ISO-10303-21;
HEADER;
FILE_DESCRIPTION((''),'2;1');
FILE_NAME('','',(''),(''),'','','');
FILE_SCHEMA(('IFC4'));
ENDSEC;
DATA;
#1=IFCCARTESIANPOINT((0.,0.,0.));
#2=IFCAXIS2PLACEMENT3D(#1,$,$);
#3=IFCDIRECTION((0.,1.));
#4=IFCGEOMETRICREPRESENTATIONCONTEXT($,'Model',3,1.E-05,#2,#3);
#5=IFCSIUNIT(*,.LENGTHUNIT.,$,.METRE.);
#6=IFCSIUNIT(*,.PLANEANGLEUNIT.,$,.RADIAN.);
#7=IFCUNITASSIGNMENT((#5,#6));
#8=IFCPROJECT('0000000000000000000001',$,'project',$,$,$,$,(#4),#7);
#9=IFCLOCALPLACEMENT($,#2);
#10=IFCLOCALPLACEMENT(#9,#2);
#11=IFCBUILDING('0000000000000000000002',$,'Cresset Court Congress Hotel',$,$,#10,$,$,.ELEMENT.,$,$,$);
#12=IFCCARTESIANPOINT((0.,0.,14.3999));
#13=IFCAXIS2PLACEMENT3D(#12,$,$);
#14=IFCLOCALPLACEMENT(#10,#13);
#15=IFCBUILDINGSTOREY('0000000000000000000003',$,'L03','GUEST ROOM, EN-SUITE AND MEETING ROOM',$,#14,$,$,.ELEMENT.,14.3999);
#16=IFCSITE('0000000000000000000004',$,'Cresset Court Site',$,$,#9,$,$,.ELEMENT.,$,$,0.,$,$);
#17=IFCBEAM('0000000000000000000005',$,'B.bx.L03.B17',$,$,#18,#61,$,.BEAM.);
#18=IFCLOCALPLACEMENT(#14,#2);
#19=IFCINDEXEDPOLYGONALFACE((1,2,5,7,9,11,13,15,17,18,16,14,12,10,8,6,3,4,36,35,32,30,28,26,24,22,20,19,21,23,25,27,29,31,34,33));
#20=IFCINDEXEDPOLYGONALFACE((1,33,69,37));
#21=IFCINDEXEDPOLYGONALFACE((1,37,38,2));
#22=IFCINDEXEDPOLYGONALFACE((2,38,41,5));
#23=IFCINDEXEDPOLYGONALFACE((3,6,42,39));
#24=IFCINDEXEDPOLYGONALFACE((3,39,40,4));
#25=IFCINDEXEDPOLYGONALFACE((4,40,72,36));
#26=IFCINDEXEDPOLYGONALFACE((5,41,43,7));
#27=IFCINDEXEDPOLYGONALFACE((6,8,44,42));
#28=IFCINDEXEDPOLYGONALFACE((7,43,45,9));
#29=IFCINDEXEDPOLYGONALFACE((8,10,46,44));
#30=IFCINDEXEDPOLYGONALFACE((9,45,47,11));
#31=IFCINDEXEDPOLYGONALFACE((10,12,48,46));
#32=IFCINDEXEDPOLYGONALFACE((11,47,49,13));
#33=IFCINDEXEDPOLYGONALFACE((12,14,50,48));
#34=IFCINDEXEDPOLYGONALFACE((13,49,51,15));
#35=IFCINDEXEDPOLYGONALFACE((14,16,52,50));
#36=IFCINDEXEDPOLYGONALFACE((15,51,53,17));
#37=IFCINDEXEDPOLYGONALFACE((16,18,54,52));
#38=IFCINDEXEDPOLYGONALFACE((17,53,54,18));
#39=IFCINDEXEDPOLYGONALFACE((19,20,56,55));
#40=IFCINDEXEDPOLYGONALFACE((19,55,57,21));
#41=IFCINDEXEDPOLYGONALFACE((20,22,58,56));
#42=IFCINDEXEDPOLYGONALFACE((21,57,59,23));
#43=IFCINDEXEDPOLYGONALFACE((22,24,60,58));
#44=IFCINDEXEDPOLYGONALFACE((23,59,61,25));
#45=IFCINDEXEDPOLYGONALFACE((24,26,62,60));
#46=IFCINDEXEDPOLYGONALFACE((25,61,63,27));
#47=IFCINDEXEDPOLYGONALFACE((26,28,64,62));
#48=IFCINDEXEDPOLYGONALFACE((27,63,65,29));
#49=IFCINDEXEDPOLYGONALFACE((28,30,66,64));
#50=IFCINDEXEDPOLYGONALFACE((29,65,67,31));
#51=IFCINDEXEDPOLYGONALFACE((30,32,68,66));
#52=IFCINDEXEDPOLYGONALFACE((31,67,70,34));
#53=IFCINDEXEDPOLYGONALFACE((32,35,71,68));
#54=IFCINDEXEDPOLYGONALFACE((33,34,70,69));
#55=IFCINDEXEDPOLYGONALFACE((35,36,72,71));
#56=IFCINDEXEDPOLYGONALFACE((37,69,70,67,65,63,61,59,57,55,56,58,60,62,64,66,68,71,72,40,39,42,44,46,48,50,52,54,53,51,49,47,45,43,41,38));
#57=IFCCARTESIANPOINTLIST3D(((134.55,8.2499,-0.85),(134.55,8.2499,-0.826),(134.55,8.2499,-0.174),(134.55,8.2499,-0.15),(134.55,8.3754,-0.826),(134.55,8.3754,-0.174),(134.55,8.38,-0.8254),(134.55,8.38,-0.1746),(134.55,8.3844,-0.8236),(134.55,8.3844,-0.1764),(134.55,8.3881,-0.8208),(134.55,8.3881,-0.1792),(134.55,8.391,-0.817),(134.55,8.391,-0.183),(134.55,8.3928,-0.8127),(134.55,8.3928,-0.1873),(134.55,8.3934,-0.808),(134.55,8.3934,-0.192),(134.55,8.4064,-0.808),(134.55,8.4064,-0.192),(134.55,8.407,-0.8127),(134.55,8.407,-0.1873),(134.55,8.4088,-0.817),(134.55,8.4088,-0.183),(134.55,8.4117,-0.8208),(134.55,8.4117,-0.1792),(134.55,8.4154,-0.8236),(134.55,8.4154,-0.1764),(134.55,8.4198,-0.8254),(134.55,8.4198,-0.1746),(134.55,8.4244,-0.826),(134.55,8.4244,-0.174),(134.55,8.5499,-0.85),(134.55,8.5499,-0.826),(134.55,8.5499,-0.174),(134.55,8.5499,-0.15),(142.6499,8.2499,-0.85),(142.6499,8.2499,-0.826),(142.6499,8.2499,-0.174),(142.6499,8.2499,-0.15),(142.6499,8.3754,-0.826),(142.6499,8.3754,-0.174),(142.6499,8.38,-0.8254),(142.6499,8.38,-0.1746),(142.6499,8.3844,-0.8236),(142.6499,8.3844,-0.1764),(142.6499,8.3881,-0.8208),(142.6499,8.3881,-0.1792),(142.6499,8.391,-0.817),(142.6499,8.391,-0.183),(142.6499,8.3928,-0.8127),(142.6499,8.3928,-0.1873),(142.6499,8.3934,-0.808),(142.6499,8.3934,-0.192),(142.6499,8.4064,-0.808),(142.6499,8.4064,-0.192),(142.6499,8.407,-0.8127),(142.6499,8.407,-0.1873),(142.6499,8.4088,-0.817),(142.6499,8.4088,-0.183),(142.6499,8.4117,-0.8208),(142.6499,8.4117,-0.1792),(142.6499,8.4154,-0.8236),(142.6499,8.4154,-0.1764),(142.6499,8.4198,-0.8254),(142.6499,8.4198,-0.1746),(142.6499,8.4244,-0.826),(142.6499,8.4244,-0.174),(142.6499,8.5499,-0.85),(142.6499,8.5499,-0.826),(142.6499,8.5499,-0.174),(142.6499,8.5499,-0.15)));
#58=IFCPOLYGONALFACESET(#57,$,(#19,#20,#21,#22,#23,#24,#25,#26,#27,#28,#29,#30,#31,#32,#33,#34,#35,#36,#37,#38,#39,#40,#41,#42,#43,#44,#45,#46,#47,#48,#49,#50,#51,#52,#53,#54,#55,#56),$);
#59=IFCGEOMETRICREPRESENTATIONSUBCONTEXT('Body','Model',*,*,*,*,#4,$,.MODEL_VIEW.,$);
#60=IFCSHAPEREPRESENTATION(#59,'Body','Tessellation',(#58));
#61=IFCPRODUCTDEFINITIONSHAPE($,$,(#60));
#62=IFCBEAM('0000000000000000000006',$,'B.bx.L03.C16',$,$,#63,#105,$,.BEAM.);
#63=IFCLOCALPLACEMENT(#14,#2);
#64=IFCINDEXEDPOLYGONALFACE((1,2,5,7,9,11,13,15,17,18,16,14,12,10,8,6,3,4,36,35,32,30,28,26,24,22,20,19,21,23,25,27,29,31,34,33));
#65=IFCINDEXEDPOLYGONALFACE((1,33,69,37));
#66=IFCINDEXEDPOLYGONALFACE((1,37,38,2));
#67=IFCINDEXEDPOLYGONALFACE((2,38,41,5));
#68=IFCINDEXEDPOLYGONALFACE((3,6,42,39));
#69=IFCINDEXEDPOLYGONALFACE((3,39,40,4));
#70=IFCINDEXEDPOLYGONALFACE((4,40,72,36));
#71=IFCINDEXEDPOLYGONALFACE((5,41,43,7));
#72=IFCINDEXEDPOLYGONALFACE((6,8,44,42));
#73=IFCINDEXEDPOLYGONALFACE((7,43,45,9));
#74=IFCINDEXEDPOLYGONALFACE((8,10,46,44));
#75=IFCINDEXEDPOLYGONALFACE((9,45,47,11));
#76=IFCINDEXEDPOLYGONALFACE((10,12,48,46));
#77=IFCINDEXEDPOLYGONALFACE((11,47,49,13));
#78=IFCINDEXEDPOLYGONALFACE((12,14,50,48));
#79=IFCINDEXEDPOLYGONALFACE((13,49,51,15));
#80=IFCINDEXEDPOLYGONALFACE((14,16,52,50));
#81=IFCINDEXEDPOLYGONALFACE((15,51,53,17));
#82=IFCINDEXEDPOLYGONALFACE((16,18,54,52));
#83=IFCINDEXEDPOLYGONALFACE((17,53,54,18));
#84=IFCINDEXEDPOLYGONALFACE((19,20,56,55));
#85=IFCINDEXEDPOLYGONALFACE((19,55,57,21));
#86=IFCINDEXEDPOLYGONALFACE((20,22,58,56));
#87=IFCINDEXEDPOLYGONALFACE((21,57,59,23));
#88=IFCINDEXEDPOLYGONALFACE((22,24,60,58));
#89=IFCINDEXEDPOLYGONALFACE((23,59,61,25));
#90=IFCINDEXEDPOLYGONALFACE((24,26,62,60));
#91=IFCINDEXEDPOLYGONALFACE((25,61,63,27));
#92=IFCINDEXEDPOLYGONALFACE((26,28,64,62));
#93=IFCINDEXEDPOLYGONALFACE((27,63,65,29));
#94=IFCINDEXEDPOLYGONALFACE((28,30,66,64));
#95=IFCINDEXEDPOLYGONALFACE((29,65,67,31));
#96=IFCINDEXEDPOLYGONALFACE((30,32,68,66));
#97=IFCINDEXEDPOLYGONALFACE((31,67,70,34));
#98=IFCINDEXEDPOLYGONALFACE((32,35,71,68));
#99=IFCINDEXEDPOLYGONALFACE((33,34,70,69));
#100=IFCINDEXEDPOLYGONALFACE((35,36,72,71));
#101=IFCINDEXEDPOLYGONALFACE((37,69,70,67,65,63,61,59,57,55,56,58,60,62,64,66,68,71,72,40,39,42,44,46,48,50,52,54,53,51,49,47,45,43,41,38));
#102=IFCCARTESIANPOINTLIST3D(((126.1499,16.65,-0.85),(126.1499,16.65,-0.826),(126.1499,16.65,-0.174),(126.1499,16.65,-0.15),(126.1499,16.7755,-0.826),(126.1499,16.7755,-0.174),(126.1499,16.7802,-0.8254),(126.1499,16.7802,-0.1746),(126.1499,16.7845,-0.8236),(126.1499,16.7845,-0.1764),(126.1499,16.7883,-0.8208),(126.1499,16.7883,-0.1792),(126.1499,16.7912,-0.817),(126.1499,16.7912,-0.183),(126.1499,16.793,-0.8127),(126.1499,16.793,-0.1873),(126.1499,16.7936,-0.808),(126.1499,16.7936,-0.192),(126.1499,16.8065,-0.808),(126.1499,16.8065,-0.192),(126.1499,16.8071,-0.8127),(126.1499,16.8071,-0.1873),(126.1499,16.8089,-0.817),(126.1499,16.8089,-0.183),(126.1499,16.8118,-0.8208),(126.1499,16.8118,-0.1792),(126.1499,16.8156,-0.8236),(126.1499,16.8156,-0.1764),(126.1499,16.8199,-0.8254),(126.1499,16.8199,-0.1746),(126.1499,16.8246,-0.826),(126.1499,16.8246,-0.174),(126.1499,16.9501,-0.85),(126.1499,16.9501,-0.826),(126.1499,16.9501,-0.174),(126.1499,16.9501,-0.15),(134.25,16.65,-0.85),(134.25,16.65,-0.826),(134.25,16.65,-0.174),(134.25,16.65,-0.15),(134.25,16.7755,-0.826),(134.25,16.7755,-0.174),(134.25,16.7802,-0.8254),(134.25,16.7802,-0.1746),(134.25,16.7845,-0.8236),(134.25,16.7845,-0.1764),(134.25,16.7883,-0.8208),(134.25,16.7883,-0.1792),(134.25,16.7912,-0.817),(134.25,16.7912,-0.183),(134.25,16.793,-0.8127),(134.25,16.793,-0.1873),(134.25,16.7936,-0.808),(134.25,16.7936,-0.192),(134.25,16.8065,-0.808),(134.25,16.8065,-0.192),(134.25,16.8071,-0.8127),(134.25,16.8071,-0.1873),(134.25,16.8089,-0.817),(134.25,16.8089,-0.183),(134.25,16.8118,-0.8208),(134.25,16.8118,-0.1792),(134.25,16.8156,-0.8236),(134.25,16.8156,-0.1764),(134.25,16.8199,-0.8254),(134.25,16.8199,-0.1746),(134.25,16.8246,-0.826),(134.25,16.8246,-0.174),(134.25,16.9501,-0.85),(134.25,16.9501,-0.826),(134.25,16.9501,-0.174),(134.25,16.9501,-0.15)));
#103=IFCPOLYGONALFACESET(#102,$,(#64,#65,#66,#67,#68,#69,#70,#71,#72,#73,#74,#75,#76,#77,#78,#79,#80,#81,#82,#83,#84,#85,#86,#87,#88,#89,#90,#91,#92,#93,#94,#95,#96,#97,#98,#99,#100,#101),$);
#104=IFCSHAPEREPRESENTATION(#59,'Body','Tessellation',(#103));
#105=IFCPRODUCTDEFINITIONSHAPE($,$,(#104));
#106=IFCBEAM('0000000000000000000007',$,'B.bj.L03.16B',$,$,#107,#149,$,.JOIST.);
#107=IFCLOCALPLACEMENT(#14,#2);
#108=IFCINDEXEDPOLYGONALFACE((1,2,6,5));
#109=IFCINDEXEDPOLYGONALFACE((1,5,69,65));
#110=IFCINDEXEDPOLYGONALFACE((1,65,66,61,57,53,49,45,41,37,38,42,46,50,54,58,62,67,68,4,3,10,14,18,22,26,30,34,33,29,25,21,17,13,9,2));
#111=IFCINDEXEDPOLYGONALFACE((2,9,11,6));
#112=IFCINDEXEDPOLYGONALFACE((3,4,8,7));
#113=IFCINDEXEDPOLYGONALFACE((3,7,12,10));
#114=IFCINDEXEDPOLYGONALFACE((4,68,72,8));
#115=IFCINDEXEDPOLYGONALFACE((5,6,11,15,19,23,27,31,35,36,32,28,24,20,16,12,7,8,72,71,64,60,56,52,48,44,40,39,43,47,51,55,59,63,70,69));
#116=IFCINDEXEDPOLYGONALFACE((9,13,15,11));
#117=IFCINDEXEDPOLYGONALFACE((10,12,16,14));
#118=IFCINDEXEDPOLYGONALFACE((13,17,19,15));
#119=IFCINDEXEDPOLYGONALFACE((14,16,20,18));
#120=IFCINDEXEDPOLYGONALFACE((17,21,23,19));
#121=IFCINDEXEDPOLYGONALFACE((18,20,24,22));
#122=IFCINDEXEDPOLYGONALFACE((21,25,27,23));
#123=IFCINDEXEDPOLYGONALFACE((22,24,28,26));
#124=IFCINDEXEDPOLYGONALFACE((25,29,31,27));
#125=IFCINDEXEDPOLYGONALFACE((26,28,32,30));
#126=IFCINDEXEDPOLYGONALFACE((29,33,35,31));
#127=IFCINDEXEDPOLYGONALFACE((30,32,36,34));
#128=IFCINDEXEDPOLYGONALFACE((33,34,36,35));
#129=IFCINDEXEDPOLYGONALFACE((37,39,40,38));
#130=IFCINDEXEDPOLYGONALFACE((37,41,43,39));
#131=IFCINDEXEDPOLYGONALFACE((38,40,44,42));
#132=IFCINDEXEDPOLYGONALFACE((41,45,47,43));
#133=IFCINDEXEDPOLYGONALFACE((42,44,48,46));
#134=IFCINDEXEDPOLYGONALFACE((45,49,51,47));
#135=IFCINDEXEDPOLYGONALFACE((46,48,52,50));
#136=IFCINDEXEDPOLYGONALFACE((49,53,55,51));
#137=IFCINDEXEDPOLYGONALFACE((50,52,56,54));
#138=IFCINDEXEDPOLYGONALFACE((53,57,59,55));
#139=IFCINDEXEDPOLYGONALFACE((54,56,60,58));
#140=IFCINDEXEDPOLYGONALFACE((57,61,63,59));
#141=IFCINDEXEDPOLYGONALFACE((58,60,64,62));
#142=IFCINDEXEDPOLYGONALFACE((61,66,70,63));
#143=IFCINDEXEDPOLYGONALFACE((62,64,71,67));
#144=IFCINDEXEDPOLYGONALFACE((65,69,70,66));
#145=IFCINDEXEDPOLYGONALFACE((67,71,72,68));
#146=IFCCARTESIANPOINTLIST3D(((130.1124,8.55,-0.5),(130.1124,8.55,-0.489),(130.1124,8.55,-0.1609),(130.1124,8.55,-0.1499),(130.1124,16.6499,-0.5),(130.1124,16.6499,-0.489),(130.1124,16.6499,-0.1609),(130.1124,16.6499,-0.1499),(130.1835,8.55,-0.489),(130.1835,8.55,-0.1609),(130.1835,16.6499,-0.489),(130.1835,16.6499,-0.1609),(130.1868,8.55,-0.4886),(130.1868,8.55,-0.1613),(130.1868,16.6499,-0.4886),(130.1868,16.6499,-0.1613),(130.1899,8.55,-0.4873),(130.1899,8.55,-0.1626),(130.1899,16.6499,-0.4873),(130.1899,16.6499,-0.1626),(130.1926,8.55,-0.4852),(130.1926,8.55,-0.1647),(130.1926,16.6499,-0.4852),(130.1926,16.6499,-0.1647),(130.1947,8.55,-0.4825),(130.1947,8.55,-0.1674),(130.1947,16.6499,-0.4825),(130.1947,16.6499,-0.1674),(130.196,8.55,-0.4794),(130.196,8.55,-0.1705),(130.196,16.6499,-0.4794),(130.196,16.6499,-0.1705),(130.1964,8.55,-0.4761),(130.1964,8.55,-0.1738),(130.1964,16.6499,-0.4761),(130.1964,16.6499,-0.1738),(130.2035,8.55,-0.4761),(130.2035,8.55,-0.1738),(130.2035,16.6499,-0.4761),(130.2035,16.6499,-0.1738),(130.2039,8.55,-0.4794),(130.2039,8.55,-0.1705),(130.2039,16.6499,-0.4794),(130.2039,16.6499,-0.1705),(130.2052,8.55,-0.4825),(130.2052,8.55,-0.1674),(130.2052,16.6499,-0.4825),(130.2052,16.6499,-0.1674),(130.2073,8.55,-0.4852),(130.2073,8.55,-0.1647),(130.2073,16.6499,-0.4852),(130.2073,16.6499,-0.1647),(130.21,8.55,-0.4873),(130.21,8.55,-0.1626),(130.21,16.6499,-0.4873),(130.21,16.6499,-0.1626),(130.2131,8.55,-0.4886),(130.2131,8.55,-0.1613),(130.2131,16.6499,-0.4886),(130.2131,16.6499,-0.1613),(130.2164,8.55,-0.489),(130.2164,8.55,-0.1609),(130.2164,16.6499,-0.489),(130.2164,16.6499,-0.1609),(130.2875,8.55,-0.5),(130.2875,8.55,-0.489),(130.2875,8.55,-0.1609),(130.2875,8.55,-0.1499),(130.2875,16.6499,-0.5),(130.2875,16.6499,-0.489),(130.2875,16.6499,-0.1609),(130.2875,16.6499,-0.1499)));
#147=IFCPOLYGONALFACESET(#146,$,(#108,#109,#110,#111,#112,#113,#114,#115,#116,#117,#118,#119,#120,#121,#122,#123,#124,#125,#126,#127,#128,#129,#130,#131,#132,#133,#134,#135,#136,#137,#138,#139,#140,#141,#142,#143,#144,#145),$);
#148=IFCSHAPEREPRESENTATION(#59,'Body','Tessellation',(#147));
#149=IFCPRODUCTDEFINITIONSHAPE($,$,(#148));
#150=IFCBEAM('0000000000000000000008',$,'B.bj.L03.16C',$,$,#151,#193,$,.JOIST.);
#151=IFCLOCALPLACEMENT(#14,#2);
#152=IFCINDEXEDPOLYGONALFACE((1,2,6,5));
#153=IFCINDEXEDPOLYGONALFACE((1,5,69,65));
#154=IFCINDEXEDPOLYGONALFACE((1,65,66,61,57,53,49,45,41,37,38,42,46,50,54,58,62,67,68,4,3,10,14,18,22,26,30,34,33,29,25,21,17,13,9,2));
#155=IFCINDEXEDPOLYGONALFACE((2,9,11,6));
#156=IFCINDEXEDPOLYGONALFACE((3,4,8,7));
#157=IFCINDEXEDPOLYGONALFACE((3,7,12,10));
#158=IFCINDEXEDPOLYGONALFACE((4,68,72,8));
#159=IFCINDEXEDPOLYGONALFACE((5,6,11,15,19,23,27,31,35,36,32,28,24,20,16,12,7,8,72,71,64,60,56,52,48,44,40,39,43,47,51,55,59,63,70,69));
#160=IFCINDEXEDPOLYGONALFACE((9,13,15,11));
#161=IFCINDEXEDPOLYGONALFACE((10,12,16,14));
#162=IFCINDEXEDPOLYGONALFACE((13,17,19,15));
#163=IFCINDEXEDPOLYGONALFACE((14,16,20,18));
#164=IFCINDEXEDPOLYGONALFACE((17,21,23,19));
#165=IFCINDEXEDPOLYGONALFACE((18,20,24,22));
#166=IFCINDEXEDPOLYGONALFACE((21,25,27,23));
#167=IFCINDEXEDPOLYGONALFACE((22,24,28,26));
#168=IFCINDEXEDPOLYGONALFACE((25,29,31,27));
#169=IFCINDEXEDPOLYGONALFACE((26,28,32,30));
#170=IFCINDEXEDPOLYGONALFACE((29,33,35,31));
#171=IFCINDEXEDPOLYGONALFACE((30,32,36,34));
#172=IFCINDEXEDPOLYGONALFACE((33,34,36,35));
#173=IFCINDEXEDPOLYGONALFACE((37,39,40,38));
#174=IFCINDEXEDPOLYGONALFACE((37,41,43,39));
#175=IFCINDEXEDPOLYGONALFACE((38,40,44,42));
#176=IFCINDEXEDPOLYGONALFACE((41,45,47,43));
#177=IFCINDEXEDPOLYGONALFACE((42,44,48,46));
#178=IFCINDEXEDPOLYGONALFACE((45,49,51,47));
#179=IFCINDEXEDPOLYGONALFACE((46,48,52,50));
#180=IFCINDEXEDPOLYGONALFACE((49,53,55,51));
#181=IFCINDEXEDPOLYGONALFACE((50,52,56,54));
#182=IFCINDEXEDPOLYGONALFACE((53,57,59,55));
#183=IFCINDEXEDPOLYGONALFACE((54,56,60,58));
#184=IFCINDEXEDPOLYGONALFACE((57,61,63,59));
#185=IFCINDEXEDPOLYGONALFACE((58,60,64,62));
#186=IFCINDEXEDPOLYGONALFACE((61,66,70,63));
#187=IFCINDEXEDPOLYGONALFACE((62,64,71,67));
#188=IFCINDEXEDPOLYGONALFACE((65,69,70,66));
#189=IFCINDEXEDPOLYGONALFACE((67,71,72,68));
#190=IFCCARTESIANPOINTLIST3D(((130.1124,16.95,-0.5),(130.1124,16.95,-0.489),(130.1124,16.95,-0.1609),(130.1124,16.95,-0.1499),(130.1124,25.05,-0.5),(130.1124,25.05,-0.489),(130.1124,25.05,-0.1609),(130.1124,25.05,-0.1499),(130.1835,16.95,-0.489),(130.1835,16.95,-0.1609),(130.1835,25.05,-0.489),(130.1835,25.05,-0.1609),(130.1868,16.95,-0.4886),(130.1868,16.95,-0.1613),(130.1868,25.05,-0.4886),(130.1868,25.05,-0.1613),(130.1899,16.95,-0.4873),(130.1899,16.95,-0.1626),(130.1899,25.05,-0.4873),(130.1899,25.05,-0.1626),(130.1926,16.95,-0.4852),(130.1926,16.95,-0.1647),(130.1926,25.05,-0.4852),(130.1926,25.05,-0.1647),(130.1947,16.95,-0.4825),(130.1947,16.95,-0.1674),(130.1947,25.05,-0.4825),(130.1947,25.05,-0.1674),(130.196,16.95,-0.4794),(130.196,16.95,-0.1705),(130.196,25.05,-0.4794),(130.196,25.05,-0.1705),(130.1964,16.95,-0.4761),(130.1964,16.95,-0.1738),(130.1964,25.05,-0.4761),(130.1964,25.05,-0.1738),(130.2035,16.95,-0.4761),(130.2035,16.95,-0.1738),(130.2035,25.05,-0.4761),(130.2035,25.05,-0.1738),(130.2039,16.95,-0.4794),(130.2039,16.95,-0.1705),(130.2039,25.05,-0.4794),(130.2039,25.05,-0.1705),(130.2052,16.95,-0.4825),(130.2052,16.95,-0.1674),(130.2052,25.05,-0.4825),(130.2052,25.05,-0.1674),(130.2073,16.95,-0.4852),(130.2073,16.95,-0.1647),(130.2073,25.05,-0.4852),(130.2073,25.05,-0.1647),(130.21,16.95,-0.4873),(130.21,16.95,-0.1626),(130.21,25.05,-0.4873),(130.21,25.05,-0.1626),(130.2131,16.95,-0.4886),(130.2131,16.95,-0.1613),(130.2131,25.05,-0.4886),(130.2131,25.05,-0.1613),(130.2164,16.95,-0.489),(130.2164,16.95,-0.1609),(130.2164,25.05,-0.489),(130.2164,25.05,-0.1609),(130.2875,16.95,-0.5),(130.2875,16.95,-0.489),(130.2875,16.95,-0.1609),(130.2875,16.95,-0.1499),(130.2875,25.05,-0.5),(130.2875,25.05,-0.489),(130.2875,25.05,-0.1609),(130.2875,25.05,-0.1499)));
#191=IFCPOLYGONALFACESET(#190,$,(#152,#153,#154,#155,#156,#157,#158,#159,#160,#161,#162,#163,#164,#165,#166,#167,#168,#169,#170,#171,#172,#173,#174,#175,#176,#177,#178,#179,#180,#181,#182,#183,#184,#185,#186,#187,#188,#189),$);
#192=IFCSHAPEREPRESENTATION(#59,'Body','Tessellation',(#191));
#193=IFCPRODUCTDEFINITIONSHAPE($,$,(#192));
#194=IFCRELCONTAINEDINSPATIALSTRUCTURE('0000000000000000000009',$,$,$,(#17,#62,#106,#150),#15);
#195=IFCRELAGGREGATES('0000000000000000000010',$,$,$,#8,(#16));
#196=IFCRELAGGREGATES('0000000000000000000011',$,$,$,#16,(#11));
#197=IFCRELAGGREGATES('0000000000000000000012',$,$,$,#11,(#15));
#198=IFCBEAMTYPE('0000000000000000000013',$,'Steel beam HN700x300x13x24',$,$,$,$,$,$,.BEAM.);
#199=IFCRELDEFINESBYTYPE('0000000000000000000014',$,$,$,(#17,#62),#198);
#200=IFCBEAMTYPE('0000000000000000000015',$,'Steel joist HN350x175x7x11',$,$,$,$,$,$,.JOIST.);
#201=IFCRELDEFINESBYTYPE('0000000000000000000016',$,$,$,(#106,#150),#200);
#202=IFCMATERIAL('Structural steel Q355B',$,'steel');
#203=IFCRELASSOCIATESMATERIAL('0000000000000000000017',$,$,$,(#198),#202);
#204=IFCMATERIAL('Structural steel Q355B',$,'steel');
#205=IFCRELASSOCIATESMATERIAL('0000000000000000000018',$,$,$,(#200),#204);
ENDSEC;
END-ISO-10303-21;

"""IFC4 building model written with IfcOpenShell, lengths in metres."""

from ifc_helpers import new_model, si_unit, direction, frame, origin, origin_2d, place, context, subcontext, project, spatial, i_section, extrude, material, material_profile, profile_set, type_object, element, save


model = new_model("IFC4")

# Units and contexts
model_context = context("Model", 3, precision=1e-05, world=origin(), true_north=direction((0.0, 1.0)))
body_context = subcontext(model_context, "Body", "Model", "MODEL_VIEW")
ifc_project = project(units=[si_unit("LENGTHUNIT", "METRE"), si_unit("PLANEANGLEUNIT", "RADIAN")], contexts=[model_context])

# Site, building, storey
site_placement = place(None, origin())
site = spatial("IfcSite", under=ifc_project, at=site_placement, Name="Cresset Court Site", CompositionType="ELEMENT", RefElevation=0.0)
building_placement = place(site_placement, origin())
building = spatial("IfcBuilding", under=site, at=building_placement, Name="Cresset Court Congress Hotel", CompositionType="ELEMENT")
storey_placement = place(building_placement, frame((0.0, 0.0, 14.3999)))
storey = spatial("IfcBuildingStorey", under=building, at=storey_placement, Name="L03", Description="GUEST ROOM, EN-SUITE AND MEETING ROOM", CompositionType="ELEMENT", Elevation=14.3999)

# Beams
ifc_material_1 = material(Name="Structural steel Q355B", Category="steel")
ifc_material_profile_1 = material_profile(ifc_material_1, i_section(OverallWidth=0.3, OverallDepth=0.7, WebThickness=0.0129, FlangeThickness=0.0239, FilletRadius=0.0181, at=origin_2d()), Name="HN700x300x13x24")
ifc_profile_set_1 = profile_set([ifc_material_profile_1], Name="Structural steel Q355B")
beam_type_1 = type_object("IfcBeamType", Name="Steel beam HN700x300x13x24", PredefinedType="BEAM", material=ifc_profile_set_1)
beam_1_placement = place(storey_placement, frame((134.55, 8.3999, -0.5), z_axis=(1.0, 0.0, 0.0), x_axis=(0.0, 1.0, 0.0)))
element("IfcBeam", 1, at=beam_1_placement, inside=storey, type_object=beam_type_1, Name="B.bx.L03.B17", PredefinedType="BEAM", context=body_context, shape_type="SweptSolid", body=[
    extrude(i_section(OverallWidth=0.3, OverallDepth=0.7, WebThickness=0.0129, FlangeThickness=0.0239, FilletRadius=0.0181, at=origin_2d()), origin(), (0.0, 0.0, 1.0), 8.0999),
])
beam_2_placement = place(storey_placement, frame((126.1499, 16.8, -0.5), z_axis=(1.0, 0.0, 0.0), x_axis=(0.0, 1.0, 0.0)))
element("IfcBeam", 2, at=beam_2_placement, inside=storey, type_object=beam_type_1, Name="B.bx.L03.C16", PredefinedType="BEAM", context=body_context, shape_type="SweptSolid", body=[
    extrude(i_section(OverallWidth=0.3, OverallDepth=0.7, WebThickness=0.0129, FlangeThickness=0.0239, FilletRadius=0.0181, at=origin_2d()), origin(), (0.0, 0.0, 1.0), 8.1001),
])
ifc_material_2 = material(Name="Structural steel Q355B", Category="steel")
ifc_material_profile_2 = material_profile(ifc_material_2, i_section(OverallWidth=0.175, OverallDepth=0.3501, WebThickness=0.0071, FlangeThickness=0.011, FilletRadius=0.0129, at=origin_2d()), Name="HN350x175x7x11")
ifc_profile_set_2 = profile_set([ifc_material_profile_2], Name="Structural steel Q355B")
beam_type_2 = type_object("IfcBeamType", Name="Steel joist HN350x175x7x11", PredefinedType="JOIST", material=ifc_profile_set_2)
beam_3_placement = place(storey_placement, frame((130.2, 8.55, -0.325), z_axis=(0.0, 1.0, 0.0), x_axis=(-1.0, 0.0, 0.0)))
element("IfcBeam", 3, at=beam_3_placement, inside=storey, type_object=beam_type_2, Name="B.bj.L03.16B", PredefinedType="JOIST", context=body_context, shape_type="SweptSolid", body=[
    extrude(i_section(OverallWidth=0.175, OverallDepth=0.3501, WebThickness=0.0071, FlangeThickness=0.011, FilletRadius=0.0129, at=origin_2d()), origin(), (0.0, 0.0, 1.0), 8.0999),
])
beam_4_placement = place(storey_placement, frame((130.2, 16.95, -0.325), z_axis=(0.0, 1.0, 0.0), x_axis=(-1.0, 0.0, 0.0)))
element("IfcBeam", 4, at=beam_4_placement, inside=storey, type_object=beam_type_2, Name="B.bj.L03.16C", PredefinedType="JOIST", context=body_context, shape_type="SweptSolid", body=[
    extrude(i_section(OverallWidth=0.175, OverallDepth=0.3501, WebThickness=0.0071, FlangeThickness=0.011, FilletRadius=0.0129, at=origin_2d()), origin(), (0.0, 0.0, 1.0), 8.1001),
])

save(model, "model.ifc")
